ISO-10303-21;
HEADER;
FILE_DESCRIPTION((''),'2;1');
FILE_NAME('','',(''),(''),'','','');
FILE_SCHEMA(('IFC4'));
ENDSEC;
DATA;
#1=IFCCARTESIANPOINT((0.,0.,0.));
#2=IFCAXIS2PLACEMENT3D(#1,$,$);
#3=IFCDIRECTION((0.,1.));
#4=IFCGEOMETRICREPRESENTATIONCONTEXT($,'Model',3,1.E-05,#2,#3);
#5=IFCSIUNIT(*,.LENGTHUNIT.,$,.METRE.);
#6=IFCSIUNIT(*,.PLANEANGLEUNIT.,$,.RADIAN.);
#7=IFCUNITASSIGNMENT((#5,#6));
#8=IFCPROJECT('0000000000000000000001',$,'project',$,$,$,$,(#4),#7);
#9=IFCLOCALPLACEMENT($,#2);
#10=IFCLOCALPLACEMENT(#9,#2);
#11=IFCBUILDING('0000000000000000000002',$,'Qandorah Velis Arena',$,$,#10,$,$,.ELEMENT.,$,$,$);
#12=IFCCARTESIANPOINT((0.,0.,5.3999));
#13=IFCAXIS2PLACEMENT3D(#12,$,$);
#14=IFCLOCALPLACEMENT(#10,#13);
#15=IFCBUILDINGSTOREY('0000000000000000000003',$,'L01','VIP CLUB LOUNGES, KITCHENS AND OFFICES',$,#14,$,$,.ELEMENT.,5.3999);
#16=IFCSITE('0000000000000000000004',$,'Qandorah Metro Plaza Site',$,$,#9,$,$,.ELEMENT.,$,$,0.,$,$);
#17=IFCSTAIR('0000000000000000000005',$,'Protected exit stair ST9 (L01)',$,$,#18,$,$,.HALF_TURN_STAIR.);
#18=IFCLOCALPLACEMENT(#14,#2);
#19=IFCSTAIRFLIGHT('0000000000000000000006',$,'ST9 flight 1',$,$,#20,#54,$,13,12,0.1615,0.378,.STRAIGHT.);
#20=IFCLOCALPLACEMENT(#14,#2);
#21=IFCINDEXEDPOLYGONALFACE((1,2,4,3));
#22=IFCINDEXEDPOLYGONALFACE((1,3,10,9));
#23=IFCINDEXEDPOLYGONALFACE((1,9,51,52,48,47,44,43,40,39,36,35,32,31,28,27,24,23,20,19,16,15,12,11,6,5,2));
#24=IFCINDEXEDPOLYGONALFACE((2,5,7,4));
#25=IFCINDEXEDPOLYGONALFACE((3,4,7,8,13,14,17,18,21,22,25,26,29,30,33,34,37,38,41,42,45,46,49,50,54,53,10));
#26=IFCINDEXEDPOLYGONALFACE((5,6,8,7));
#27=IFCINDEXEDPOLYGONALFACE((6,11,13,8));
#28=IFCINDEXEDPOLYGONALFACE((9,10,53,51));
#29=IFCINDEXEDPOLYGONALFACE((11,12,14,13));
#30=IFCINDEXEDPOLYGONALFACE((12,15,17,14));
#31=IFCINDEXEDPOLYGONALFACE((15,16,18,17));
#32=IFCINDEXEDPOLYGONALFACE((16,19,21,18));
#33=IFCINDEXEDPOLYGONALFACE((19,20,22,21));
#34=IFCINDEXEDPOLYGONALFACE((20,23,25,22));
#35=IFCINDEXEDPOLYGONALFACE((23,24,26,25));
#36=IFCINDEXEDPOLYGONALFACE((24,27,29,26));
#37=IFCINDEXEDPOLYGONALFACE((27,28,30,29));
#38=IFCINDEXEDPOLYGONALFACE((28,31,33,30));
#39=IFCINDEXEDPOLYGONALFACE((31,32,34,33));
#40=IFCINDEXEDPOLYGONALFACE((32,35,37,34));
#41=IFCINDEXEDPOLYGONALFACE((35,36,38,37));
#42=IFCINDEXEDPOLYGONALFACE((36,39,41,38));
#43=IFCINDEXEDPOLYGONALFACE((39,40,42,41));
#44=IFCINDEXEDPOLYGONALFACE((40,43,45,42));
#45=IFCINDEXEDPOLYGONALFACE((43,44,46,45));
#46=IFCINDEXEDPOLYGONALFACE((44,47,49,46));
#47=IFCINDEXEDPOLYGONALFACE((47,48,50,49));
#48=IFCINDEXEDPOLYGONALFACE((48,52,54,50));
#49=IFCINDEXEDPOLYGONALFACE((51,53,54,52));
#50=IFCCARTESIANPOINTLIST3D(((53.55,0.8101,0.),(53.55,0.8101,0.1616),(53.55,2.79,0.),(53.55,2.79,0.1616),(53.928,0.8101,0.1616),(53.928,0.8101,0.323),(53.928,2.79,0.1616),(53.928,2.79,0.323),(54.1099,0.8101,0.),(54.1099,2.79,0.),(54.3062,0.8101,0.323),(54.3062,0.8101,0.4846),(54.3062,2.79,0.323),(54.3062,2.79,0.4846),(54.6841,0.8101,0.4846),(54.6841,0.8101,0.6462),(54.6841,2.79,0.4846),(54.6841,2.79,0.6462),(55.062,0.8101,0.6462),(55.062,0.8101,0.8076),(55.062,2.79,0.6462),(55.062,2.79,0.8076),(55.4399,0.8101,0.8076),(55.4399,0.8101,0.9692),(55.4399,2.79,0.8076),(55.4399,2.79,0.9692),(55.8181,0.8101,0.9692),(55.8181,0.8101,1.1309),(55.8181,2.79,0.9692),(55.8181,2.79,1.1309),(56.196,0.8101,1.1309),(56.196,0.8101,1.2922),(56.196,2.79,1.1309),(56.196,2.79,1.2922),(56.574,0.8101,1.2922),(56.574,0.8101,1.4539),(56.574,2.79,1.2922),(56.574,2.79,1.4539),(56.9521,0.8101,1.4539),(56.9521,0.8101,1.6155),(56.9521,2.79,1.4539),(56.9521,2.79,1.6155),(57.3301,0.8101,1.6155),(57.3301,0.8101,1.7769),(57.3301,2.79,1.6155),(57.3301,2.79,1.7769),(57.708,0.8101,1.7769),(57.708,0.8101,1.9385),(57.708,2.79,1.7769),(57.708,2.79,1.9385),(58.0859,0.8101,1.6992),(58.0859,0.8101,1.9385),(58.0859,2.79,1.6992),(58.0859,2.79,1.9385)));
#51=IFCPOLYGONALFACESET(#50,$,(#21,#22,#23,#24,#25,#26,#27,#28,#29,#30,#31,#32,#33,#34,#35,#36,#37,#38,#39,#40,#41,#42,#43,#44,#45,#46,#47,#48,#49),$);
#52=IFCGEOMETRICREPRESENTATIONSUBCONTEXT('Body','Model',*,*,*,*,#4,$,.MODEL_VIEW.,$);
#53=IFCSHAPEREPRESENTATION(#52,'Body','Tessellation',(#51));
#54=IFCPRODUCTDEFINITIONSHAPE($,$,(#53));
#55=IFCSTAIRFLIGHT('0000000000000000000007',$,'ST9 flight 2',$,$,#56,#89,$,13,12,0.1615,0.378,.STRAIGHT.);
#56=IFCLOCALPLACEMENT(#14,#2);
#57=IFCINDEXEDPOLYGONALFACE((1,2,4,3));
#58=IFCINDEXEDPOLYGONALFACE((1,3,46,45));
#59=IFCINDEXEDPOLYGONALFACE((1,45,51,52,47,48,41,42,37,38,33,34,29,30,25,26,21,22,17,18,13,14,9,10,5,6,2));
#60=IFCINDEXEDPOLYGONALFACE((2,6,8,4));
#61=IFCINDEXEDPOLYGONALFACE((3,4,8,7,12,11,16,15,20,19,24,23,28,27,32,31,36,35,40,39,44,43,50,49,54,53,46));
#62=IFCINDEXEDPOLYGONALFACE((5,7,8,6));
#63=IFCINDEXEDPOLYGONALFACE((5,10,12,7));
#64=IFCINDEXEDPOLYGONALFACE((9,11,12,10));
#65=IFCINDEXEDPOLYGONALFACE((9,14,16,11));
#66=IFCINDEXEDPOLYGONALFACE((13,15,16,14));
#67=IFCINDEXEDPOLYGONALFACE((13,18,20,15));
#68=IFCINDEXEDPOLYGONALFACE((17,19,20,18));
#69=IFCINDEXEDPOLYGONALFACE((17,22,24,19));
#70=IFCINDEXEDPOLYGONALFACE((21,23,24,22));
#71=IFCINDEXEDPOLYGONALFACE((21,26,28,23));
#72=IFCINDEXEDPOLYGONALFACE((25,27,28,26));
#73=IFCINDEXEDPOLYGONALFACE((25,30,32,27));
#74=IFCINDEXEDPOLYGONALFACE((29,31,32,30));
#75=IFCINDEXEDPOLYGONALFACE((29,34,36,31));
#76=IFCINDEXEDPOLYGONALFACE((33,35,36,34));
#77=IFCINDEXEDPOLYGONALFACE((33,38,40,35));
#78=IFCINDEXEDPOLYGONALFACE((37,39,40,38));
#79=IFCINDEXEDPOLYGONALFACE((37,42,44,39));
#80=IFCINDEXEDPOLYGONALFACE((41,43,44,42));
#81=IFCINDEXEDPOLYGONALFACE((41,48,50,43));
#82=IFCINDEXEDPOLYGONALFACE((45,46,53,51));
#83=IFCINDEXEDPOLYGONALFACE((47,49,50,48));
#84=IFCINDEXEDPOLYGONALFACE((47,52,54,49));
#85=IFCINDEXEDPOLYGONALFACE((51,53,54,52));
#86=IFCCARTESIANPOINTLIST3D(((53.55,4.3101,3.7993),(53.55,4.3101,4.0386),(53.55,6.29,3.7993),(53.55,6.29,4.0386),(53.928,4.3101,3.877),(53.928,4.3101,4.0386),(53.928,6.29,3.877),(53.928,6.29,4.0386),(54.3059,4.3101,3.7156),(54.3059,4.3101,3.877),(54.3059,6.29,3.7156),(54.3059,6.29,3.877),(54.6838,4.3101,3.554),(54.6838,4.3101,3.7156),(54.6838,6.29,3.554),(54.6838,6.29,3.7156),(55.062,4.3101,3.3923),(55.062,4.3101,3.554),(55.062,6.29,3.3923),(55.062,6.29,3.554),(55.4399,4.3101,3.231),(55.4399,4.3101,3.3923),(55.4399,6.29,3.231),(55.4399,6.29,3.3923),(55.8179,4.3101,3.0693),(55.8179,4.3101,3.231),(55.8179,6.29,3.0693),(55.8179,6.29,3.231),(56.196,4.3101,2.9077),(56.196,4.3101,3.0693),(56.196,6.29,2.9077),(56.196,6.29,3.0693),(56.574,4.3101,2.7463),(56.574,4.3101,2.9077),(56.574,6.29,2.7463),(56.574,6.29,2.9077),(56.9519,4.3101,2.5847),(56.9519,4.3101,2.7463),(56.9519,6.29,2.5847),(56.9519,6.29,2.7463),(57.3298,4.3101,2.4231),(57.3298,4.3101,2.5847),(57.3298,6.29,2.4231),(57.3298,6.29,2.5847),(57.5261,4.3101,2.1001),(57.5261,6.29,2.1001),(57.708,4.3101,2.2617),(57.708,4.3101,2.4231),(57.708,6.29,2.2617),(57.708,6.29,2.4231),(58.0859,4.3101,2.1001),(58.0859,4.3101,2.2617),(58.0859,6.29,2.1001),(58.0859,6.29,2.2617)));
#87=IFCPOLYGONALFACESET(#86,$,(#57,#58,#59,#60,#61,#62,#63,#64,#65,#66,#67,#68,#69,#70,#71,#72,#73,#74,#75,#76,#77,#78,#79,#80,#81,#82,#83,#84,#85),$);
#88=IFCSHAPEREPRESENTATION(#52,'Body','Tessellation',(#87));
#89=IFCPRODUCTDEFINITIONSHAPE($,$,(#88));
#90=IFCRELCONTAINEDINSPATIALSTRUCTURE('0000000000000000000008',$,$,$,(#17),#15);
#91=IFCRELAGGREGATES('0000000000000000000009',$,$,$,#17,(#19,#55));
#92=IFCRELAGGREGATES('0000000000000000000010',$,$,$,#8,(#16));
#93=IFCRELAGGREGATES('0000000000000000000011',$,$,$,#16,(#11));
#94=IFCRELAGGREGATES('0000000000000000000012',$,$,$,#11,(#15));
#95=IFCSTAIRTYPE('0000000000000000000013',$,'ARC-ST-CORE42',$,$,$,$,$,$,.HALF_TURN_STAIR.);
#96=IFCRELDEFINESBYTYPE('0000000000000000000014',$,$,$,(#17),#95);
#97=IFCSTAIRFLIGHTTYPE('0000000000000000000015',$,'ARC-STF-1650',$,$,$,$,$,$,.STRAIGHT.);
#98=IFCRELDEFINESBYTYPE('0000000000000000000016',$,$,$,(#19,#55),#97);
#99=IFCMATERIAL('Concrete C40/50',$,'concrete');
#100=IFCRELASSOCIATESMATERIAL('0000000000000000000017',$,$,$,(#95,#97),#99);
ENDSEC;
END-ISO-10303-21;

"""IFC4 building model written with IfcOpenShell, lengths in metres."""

from ifc_helpers import new_model, si_unit, direction, frame, origin, place, context, subcontext, project, spatial, polyline, outline, extrude, material, type_object, element, aggregate, save


model = new_model("IFC4")

# Units and contexts
model_context = context("Model", 3, precision=1e-05, world=origin(), true_north=direction((0.0, 1.0)))
body_context = subcontext(model_context, "Body", "Model", "MODEL_VIEW")
ifc_project = project(units=[si_unit("LENGTHUNIT", "METRE"), si_unit("PLANEANGLEUNIT", "RADIAN")], contexts=[model_context])

# Site, building, storey
site_placement = place(None, origin())
site = spatial("IfcSite", under=ifc_project, at=site_placement, Name="Qandorah Metro Plaza Site", CompositionType="ELEMENT", RefElevation=0.0)
building_placement = place(site_placement, origin())
building = spatial("IfcBuilding", under=site, at=building_placement, Name="Qandorah Velis Arena", CompositionType="ELEMENT")
storey_placement = place(building_placement, frame((0.0, 0.0, 5.3999)))
storey = spatial("IfcBuildingStorey", under=building, at=storey_placement, Name="L01", Description="VIP CLUB LOUNGES, KITCHENS AND OFFICES", CompositionType="ELEMENT", Elevation=5.3999)

# Shared definitions
ifc_material_1 = material(Name="Concrete C40/50", Category="concrete")

# Stair, stair flights
stair_type = type_object("IfcStairType", Name="ARC-ST-CORE42", PredefinedType="HALF_TURN_STAIR", material=ifc_material_1)
stair_placement = place(storey_placement, origin())
stair = element("IfcStair", 1, at=stair_placement, inside=storey, type_object=stair_type, Name="Protected exit stair ST9 (L01)", PredefinedType="HALF_TURN_STAIR")
stair_flight_type = type_object("IfcStairFlightType", Name="ARC-STF-1650", PredefinedType="STRAIGHT", material=ifc_material_1)
stair_flight_1_placement = place(storey_placement, frame((53.55, 1.8, 0.0), z_axis=(0.0, 0.0, 1.0), x_axis=(1.0, 0.0, 0.0)))
stair_flight_1 = element("IfcStairFlight", 2, at=stair_flight_1_placement, type_object=stair_flight_type, Name="ST9 flight 1", NumberOfRisers=13, NumberOfTreads=12, PredefinedType="STRAIGHT", RiserHeight=0.1615, TreadLength=0.378, context=body_context, shape_type="SweptSolid", body=[
    extrude(outline(polyline([(0.0, 0.0), (0.0, 0.1616), (0.3779, 0.1616), (0.3779, 0.323), (0.7561, 0.323), (0.7561, 0.4846), (1.134, 0.4846), (1.134, 0.6462), (1.512, 0.6462), (1.512, 0.8076), (1.8899, 0.8076), (1.8899, 0.9692), (2.2681, 0.9692), (2.2681, 1.1309), (2.646, 1.1309), (2.646, 1.2922), (3.0239, 1.2922), (3.0239, 1.4539), (3.4021, 1.4539), (3.4021, 1.6155), (3.78, 1.6155), (3.78, 1.7769), (4.158, 1.7769), (4.158, 1.9385), (4.5359, 1.9385), (4.5359, 2.1001), (4.5359, 1.6992), (0.5598, 0.0), (0.0, 0.0)])), frame((0.0, 0.99, 0.0), z_axis=(0.0, -1.0, 0.0), x_axis=(1.0, 0.0, 0.0)), (0.0, 0.0, 1.0), 1.98),
])
stair_flight_2_placement = place(storey_placement, frame((58.0859, 5.3, 2.1001), z_axis=(0.0, 0.0, 1.0), x_axis=(-1.0, 0.0, 0.0)))
stair_flight_2 = element("IfcStairFlight", 3, at=stair_flight_2_placement, type_object=stair_flight_type, Name="ST9 flight 2", NumberOfRisers=13, NumberOfTreads=12, PredefinedType="STRAIGHT", RiserHeight=0.1615, TreadLength=0.378, context=body_context, shape_type="SweptSolid", body=[
    extrude(outline(polyline([(0.0, 0.0), (0.0, 0.1616), (0.3779, 0.1616), (0.3779, 0.323), (0.7561, 0.323), (0.7561, 0.4846), (1.134, 0.4846), (1.134, 0.6462), (1.512, 0.6462), (1.512, 0.8076), (1.8899, 0.8076), (1.8899, 0.9692), (2.2681, 0.9692), (2.2681, 1.1309), (2.646, 1.1309), (2.646, 1.2922), (3.0239, 1.2922), (3.0239, 1.4539), (3.4021, 1.4539), (3.4021, 1.6155), (3.78, 1.6155), (3.78, 1.7769), (4.158, 1.7769), (4.158, 1.9385), (4.5359, 1.9385), (4.5359, 2.1001), (4.5359, 1.6992), (0.5598, 0.0), (0.0, 0.0)])), frame((0.0, 0.99, 0.0), z_axis=(0.0, -1.0, 0.0), x_axis=(1.0, 0.0, 0.0)), (0.0, 0.0, 1.0), 1.98),
])
aggregate(stair, [stair_flight_1, stair_flight_2])

save(model, "model.ifc")
